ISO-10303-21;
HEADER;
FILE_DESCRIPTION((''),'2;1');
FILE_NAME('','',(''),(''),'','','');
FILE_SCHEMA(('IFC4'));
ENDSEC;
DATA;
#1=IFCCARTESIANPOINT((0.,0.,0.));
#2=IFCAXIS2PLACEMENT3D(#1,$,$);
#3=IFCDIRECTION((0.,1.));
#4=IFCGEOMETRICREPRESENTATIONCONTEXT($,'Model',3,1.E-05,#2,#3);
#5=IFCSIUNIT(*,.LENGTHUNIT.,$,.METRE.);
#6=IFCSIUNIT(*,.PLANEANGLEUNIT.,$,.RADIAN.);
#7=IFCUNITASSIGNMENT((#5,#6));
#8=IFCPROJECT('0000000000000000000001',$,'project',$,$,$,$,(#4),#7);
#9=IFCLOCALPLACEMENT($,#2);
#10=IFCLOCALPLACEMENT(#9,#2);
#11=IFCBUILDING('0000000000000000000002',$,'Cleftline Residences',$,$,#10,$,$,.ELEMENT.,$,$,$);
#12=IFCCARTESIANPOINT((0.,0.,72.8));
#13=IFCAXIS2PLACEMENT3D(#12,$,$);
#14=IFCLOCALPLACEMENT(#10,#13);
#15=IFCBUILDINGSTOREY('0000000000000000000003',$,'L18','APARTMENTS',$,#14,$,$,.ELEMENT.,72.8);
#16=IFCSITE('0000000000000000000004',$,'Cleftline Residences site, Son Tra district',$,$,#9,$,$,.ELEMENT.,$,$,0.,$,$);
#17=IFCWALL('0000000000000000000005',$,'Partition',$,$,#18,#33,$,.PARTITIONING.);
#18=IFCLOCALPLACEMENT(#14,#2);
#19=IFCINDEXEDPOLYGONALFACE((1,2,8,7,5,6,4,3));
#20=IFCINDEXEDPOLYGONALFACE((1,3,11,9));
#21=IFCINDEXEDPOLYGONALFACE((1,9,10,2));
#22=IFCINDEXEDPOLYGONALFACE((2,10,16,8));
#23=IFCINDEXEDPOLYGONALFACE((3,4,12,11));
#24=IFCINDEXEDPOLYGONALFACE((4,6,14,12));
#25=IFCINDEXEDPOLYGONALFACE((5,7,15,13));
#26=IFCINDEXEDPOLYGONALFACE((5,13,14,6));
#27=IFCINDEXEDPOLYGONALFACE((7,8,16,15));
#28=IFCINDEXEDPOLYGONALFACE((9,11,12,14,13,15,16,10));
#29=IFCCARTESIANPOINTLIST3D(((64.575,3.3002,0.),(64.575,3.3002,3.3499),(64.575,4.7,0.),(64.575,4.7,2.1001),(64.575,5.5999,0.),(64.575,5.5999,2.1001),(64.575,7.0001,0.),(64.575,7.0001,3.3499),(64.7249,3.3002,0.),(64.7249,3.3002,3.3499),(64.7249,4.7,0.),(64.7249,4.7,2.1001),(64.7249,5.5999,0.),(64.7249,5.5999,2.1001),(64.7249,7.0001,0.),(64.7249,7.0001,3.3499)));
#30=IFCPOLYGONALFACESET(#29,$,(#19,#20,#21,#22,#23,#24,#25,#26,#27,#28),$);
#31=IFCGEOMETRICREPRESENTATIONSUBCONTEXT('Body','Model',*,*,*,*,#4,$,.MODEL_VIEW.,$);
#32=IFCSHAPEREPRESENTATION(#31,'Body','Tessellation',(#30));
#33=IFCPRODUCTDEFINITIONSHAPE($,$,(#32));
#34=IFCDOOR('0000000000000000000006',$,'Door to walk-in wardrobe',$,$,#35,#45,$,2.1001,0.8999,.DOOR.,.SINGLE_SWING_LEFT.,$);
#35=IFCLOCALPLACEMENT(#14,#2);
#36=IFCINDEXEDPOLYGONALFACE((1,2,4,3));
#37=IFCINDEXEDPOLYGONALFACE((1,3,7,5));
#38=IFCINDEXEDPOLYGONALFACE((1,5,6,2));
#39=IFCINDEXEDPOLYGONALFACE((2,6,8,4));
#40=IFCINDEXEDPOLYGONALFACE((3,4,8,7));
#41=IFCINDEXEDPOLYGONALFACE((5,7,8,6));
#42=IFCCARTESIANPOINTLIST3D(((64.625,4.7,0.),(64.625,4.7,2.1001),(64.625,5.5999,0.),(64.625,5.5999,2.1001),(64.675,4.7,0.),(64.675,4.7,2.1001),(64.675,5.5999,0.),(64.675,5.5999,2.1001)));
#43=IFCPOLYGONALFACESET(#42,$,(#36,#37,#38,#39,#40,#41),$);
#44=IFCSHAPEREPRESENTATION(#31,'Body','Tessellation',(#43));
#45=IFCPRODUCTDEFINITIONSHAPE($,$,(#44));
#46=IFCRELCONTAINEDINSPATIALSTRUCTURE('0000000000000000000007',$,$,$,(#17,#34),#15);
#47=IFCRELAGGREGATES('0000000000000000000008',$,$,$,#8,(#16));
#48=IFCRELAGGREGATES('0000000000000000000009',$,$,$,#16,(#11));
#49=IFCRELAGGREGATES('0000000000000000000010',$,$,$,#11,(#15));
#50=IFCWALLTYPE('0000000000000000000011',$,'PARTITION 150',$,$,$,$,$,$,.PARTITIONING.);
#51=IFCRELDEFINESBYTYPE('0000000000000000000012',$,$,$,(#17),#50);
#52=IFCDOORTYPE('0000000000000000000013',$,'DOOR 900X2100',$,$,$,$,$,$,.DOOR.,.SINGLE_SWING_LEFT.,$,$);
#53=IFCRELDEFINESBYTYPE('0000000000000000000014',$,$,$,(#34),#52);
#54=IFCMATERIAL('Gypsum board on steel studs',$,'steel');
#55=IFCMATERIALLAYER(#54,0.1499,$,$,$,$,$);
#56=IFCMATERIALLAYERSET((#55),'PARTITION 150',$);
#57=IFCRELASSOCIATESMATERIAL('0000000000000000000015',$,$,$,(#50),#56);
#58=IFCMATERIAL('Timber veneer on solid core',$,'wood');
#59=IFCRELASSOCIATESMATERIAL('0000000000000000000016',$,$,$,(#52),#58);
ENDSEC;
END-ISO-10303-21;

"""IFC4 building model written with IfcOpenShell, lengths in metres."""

from ifc_helpers import new_model, si_unit, direction, frame, frame_2d, origin, place, context, subcontext, project, spatial, rectangle, extrude, material, layer, layer_set, type_object, element, fill, save


model = new_model("IFC4")

# Units and contexts
model_context = context("Model", 3, precision=1e-05, world=origin(), true_north=direction((0.0, 1.0)))
body_context = subcontext(model_context, "Body", "Model", "MODEL_VIEW")
ifc_project = project(units=[si_unit("LENGTHUNIT", "METRE"), si_unit("PLANEANGLEUNIT", "RADIAN")], contexts=[model_context])

# Site, building, storey
site_placement = place(None, origin())
site = spatial("IfcSite", under=ifc_project, at=site_placement, Name="Cleftline Residences site, Son Tra district", CompositionType="ELEMENT", RefElevation=0.0)
building_placement = place(site_placement, origin())
building = spatial("IfcBuilding", under=site, at=building_placement, Name="Cleftline Residences", CompositionType="ELEMENT")
storey_placement = place(building_placement, frame((0.0, 0.0, 72.8)))
storey = spatial("IfcBuildingStorey", under=building, at=storey_placement, Name="L18", Description="APARTMENTS", CompositionType="ELEMENT", Elevation=72.8)

# Wall, opening, door
ifc_material_1 = material(Name="Gypsum board on steel studs", Category="steel")
ifc_layer_1 = layer(ifc_material_1, 0.1499)
ifc_layer_set_1 = layer_set([ifc_layer_1], Name="PARTITION 150")
wall_type_1 = type_object("IfcWallType", Name="PARTITION 150", PredefinedType="PARTITIONING", material=ifc_layer_set_1)
wall_1_placement = place(storey_placement, frame((64.6499, 3.3, 0.0), z_axis=(0.0, 0.0, 1.0), x_axis=(0.0, 1.0, 0.0)))
wall_1 = element("IfcWall", 1, at=wall_1_placement, inside=storey, type_object=wall_type_1, Name="Partition", PredefinedType="PARTITIONING", context=body_context, shape_type="SweptSolid", body=[
    extrude(rectangle(XDim=3.7, YDim=0.1499, at=frame_2d((1.8501, 0.0))), origin(), (0.0, 0.0, 1.0), 3.3499),
])
opening_1_placement = place(wall_1_placement, frame((1.3999, 0.0, 0.0)))
opening_1 = element("IfcOpeningElement", 2, at=opening_1_placement, cuts=wall_1, PredefinedType="OPENING", context=body_context, shape_type="SweptSolid", body=[
    extrude(rectangle(XDim=0.8999, YDim=2.1001, at=frame_2d((0.45, 1.05))), frame((0.0, 0.085, 0.0), z_axis=(0.0, -1.0, 0.0), x_axis=(1.0, 0.0, 0.0)), (0.0, 0.0, 1.0), 0.1699),
])
ifc_material_2 = material(Name="Timber veneer on solid core", Category="wood")
door_type = type_object("IfcDoorType", Name="DOOR 900X2100", OperationType="SINGLE_SWING_LEFT", PredefinedType="DOOR", material=ifc_material_2)
door_placement = place(opening_1_placement, origin())
door = element("IfcDoor", 3, at=door_placement, inside=storey, type_object=door_type, Name="Door to walk-in wardrobe", OperationType="SINGLE_SWING_LEFT", OverallHeight=2.1001, OverallWidth=0.8999, PredefinedType="DOOR", context=body_context, shape_type="SweptSolid", body=[
    extrude(rectangle(XDim=0.8999, YDim=2.1001, at=frame_2d((0.45, 1.05))), frame((0.0, 0.0249, 0.0), z_axis=(0.0, -1.0, 0.0), x_axis=(1.0, 0.0, 0.0)), (0.0, 0.0, 1.0), 0.05),
])
fill(opening_1, door)

save(model, "model.ifc")
